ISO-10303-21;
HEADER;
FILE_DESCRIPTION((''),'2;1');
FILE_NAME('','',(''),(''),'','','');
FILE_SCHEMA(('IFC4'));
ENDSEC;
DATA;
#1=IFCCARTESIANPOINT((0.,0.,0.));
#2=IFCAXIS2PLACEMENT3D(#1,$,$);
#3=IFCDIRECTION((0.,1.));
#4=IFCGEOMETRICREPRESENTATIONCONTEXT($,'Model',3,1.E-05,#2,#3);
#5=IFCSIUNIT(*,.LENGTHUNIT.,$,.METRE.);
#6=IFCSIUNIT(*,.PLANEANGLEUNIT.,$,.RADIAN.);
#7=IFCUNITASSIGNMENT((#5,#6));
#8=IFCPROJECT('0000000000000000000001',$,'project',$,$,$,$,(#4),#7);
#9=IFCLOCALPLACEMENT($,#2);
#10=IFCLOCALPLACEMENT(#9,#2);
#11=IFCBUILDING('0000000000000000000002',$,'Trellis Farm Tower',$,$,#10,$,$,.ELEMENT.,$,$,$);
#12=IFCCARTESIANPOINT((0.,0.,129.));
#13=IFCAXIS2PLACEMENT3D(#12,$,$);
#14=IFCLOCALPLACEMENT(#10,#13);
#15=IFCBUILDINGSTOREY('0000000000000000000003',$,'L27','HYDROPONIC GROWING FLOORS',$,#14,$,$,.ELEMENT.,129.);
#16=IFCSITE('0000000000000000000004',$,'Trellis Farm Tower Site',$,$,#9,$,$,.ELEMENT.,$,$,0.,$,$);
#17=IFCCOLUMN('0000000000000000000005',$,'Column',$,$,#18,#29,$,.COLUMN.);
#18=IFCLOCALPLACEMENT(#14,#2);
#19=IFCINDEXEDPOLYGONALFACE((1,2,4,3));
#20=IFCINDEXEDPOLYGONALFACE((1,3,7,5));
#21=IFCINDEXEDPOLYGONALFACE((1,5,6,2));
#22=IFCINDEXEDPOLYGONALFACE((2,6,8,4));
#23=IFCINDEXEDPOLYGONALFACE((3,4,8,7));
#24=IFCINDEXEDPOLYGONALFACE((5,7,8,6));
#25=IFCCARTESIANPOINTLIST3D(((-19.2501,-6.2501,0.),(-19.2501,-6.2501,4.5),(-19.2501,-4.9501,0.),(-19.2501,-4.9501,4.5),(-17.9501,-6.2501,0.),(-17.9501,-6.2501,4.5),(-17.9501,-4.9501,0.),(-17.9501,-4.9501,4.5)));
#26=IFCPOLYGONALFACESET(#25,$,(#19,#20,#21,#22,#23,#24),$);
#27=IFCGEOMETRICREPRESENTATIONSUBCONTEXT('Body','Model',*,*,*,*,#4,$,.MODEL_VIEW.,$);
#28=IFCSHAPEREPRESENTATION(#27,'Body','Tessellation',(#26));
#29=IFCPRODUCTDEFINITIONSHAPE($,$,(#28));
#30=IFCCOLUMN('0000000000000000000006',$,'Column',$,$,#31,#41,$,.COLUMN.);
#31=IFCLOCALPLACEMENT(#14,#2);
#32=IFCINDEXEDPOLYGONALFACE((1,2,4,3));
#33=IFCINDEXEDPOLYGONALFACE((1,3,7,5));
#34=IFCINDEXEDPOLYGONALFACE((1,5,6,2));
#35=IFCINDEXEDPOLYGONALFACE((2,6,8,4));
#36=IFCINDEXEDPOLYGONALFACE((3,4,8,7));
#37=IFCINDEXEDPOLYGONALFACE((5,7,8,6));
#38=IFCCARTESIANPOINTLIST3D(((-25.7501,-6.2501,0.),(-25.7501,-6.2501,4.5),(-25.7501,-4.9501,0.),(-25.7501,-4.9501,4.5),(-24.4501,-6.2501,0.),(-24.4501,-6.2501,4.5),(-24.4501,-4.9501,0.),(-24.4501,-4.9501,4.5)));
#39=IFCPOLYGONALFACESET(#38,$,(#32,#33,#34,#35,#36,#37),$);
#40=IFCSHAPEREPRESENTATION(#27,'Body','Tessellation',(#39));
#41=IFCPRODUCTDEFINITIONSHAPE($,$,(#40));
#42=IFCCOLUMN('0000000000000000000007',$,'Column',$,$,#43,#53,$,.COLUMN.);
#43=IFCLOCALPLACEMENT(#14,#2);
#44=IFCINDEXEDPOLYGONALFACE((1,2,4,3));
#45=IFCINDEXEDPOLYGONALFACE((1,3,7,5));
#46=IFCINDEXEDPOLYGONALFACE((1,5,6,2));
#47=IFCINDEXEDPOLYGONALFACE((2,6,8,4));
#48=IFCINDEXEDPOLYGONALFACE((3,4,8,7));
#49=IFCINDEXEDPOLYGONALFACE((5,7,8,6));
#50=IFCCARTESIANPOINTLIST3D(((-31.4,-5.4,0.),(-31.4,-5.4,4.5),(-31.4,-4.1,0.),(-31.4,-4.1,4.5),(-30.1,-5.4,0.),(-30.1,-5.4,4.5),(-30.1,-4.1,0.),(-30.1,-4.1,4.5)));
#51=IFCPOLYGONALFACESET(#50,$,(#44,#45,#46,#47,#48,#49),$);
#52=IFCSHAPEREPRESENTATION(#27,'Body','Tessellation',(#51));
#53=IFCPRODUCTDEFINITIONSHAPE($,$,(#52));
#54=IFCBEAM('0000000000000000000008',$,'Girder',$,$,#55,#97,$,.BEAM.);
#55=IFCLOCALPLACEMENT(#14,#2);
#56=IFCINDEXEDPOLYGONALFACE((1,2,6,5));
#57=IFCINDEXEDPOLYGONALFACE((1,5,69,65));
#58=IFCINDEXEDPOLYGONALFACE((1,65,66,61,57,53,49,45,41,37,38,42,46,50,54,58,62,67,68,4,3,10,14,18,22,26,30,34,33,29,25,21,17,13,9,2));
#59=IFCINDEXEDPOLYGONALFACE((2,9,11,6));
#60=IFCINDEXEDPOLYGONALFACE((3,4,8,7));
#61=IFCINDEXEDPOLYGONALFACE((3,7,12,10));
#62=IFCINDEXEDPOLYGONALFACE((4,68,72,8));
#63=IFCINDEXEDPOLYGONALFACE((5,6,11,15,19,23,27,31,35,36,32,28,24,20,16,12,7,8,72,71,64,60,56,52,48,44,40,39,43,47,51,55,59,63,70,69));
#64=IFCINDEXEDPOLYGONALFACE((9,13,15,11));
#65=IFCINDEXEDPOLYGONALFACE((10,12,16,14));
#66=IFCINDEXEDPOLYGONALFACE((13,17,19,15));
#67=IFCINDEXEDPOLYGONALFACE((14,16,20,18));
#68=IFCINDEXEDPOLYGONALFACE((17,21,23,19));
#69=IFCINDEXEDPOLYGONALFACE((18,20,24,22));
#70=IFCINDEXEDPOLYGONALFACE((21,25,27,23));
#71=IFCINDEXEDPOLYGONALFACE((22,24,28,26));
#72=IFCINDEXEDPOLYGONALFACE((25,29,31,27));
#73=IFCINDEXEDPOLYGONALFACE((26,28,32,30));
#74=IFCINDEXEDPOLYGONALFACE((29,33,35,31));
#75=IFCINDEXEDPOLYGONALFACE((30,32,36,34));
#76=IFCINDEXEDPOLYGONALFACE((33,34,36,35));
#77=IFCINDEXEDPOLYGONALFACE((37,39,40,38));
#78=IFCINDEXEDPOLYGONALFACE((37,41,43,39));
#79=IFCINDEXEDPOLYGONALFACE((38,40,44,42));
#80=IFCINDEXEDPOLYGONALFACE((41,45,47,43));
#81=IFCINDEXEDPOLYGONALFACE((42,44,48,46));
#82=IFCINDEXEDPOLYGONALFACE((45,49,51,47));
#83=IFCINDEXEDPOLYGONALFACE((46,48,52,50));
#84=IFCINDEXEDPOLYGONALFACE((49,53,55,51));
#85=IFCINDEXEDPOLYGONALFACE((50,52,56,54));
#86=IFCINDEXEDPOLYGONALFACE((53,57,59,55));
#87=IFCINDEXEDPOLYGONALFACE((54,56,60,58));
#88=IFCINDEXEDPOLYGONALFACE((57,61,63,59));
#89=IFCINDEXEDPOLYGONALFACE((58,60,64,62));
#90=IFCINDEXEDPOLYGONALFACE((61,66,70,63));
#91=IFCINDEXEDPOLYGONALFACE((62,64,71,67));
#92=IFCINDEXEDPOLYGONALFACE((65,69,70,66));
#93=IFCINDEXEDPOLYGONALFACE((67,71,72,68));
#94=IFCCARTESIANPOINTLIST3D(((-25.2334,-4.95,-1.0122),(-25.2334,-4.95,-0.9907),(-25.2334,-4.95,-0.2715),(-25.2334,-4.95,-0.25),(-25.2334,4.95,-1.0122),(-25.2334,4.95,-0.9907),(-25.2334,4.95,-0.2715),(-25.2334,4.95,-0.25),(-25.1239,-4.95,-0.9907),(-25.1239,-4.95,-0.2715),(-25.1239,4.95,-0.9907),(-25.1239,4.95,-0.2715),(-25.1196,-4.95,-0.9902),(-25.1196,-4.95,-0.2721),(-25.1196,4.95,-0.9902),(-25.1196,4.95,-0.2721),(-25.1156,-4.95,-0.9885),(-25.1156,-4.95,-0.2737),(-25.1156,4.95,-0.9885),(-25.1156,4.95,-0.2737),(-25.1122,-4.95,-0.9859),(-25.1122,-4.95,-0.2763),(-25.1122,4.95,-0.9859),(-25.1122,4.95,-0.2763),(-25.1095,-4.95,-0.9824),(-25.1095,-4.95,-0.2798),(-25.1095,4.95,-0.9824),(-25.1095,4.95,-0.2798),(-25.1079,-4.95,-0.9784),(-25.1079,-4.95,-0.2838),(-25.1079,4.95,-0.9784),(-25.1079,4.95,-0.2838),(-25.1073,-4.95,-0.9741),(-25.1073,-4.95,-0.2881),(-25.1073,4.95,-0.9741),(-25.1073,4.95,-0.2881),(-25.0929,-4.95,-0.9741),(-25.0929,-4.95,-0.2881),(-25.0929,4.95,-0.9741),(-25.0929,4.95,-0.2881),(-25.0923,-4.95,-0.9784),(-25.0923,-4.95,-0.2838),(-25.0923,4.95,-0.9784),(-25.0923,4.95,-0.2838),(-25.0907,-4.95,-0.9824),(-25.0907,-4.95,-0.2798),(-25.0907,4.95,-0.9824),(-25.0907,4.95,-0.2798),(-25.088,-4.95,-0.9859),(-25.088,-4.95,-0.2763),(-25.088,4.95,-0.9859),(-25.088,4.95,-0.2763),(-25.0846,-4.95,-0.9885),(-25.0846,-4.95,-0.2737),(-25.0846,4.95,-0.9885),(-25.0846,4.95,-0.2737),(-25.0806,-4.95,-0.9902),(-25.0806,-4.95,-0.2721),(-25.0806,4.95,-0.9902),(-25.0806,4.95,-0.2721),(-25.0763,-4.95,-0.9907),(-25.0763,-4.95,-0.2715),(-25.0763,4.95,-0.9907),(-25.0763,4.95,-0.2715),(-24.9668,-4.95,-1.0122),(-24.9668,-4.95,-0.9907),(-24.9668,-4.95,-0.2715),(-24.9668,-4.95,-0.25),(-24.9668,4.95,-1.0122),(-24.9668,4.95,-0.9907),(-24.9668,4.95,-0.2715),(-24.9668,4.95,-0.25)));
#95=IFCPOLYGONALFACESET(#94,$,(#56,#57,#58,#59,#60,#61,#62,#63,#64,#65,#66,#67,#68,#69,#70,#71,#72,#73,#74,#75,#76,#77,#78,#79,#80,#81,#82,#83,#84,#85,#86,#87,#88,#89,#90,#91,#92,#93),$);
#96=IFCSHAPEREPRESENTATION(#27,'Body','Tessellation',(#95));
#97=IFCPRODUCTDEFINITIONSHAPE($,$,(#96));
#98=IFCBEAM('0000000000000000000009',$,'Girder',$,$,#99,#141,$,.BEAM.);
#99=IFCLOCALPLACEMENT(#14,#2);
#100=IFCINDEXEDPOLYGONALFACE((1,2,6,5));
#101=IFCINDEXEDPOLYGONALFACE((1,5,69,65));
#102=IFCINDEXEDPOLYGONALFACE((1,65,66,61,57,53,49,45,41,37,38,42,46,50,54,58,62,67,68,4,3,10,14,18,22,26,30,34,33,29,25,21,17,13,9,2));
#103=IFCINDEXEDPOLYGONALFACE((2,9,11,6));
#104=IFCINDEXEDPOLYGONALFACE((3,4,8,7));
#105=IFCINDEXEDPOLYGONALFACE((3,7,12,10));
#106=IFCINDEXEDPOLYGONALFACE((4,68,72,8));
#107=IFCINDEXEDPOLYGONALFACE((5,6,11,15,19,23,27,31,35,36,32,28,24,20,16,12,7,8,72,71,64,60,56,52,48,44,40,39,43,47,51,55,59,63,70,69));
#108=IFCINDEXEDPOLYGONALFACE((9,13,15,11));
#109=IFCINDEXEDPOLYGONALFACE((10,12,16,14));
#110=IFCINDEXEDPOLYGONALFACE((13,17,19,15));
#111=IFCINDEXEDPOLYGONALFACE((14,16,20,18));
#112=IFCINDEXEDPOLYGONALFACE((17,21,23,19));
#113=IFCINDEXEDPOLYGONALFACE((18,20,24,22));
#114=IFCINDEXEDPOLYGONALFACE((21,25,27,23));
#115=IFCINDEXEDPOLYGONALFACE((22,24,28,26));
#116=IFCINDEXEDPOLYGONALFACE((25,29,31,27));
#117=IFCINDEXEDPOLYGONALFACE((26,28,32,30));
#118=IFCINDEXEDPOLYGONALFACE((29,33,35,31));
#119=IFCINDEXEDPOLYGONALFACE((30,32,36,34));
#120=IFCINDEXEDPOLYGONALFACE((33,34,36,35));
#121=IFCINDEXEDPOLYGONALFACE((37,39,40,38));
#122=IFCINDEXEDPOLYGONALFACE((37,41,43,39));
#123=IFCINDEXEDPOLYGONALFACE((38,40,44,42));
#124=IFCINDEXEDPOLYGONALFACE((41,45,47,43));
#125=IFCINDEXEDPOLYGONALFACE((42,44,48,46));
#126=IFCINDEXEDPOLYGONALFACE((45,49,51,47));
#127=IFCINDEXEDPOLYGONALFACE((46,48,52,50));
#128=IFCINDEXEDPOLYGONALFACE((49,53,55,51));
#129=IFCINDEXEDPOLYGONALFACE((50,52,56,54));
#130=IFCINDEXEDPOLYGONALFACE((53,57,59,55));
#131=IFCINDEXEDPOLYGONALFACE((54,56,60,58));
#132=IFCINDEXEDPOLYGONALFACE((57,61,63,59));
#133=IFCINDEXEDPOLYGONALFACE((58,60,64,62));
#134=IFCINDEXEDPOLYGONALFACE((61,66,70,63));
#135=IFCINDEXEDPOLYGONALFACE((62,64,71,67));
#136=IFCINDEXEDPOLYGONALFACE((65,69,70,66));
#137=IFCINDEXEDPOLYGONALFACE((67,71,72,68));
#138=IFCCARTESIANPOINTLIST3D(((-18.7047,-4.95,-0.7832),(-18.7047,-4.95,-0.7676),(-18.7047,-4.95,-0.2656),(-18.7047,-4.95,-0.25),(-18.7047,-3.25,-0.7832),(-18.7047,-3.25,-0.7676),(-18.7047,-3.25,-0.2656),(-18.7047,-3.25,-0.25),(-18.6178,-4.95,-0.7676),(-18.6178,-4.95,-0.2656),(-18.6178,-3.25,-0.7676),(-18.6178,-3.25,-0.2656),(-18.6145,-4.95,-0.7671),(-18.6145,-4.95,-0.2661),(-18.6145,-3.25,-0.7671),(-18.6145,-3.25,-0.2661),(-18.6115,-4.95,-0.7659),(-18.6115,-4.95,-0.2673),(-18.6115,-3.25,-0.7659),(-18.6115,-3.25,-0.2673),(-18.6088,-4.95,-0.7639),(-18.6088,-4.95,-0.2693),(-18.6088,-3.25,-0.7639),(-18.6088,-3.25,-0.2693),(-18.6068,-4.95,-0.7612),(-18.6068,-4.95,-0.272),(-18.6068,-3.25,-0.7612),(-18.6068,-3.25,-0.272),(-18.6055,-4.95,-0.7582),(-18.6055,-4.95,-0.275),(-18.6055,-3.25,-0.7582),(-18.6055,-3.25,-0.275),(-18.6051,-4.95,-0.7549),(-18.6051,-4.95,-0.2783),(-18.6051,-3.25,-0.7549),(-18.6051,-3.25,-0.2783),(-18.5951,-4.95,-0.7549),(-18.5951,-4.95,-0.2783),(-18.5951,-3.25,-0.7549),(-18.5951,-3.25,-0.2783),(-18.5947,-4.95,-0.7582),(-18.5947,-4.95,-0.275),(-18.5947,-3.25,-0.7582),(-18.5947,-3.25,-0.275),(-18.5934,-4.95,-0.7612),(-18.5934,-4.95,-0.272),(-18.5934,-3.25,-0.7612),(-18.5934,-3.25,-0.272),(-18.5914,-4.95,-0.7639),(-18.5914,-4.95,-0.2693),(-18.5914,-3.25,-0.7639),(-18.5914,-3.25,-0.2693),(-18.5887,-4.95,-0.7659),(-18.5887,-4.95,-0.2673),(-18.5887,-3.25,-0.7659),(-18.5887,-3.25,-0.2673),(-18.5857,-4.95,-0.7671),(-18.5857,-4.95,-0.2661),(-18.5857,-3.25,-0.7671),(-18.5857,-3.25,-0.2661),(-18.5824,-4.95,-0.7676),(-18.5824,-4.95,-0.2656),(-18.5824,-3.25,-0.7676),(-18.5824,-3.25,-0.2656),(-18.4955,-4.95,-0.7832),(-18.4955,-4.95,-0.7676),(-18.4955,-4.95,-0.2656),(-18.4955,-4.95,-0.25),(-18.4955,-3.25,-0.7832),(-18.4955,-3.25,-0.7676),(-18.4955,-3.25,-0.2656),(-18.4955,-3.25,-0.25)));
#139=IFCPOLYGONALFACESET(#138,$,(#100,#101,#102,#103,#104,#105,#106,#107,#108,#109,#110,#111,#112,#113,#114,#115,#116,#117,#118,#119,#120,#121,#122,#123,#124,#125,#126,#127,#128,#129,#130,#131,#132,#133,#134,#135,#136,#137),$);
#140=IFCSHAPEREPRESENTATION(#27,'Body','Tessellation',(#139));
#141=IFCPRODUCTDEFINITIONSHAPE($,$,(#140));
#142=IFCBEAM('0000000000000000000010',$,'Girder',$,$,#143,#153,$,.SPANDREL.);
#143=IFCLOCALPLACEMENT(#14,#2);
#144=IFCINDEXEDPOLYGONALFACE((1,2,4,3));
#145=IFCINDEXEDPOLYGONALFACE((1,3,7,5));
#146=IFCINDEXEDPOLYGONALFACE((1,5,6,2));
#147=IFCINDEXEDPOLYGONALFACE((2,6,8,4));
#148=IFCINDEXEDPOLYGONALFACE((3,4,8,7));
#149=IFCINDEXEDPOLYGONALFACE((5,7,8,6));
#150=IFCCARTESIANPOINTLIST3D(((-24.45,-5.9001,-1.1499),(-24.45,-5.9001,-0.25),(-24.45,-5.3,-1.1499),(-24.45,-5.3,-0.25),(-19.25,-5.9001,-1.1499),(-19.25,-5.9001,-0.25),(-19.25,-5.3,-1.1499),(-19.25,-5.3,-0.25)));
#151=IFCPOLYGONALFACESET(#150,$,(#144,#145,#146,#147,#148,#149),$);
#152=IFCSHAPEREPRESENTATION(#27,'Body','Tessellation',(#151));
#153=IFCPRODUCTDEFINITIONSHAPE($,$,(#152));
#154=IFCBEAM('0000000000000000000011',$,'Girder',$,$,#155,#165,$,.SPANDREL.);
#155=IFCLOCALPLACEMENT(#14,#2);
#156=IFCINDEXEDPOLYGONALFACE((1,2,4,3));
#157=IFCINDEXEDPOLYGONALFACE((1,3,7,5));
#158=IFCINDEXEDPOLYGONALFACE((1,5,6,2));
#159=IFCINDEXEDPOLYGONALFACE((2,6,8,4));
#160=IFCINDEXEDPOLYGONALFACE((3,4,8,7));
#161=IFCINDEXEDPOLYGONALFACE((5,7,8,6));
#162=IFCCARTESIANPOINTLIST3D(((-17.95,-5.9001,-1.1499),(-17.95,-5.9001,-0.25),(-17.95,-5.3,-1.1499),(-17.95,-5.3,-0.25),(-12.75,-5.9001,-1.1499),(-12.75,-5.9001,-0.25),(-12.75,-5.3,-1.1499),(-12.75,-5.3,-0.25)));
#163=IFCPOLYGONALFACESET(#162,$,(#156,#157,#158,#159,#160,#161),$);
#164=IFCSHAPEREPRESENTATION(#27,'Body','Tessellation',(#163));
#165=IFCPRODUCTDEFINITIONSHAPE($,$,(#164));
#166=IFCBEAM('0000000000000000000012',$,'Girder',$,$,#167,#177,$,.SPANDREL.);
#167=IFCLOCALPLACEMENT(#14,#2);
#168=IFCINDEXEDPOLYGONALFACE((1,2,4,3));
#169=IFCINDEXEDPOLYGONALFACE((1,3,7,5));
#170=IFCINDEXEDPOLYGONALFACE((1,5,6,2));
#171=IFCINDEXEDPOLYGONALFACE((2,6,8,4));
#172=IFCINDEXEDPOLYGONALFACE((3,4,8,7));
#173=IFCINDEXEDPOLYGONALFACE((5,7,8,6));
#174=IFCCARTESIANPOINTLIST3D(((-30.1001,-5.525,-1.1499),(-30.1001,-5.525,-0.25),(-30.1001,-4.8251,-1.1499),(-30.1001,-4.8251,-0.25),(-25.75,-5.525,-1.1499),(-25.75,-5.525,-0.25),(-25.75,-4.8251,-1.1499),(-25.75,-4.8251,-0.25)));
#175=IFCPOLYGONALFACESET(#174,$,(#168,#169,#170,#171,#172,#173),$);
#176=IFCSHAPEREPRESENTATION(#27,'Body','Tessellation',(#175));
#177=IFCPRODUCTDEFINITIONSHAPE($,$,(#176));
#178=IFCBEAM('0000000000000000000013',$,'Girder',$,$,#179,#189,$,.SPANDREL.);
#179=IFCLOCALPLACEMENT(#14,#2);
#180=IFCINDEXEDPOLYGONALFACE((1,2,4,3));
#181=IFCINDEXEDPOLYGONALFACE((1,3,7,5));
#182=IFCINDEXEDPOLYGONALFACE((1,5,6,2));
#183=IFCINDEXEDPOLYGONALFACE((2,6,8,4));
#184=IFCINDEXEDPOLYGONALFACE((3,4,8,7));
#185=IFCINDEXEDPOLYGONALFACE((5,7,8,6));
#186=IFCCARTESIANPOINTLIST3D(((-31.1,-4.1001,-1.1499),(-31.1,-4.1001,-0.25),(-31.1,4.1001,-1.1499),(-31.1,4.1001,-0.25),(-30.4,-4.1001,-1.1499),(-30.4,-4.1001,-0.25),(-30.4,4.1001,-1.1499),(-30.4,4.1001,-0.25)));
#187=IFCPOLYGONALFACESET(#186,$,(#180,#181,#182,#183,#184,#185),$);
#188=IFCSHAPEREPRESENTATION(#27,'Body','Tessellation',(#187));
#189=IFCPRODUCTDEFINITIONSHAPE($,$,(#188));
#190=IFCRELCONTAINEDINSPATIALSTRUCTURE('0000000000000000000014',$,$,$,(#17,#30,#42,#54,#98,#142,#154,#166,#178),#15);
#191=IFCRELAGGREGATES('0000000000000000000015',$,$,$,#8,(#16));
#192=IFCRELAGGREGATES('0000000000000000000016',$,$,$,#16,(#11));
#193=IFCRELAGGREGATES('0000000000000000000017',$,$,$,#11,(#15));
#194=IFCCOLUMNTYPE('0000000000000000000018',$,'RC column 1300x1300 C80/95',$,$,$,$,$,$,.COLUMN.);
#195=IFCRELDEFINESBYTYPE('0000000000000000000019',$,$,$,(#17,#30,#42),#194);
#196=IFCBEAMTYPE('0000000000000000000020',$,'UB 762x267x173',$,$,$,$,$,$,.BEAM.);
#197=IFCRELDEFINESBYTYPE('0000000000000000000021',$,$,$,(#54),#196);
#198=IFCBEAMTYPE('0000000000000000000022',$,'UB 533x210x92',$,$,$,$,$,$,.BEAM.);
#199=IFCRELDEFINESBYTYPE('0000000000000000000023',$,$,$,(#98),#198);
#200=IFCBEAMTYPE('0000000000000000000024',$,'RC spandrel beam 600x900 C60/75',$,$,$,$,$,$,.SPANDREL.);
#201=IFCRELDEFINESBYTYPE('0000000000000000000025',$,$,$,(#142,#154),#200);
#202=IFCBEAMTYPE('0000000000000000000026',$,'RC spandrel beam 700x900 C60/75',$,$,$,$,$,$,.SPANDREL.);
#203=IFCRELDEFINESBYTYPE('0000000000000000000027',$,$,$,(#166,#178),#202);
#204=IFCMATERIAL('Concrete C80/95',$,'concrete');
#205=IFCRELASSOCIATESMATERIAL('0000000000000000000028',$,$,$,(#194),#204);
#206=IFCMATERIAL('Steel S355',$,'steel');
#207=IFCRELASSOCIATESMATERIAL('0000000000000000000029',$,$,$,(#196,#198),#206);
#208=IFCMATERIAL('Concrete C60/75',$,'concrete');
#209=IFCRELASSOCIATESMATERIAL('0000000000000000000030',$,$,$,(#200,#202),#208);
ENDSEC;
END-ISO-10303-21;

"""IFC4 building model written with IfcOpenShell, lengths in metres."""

from ifc_helpers import new_model, si_unit, direction, frame, origin, origin_2d, place, context, subcontext, project, spatial, rectangle, i_section, extrude, source, transform, mapped, material, material_profile, profile_set, type_object, element, save


model = new_model("IFC4")

# Units and contexts
model_context = context("Model", 3, precision=1e-05, world=origin(), true_north=direction((0.0, 1.0)))
body_context = subcontext(model_context, "Body", "Model", "MODEL_VIEW")
ifc_project = project(units=[si_unit("LENGTHUNIT", "METRE"), si_unit("PLANEANGLEUNIT", "RADIAN")], contexts=[model_context])

# Site, building, storey
site_placement = place(None, origin())
site = spatial("IfcSite", under=ifc_project, at=site_placement, Name="Trellis Farm Tower Site", CompositionType="ELEMENT", RefElevation=0.0)
building_placement = place(site_placement, origin())
building = spatial("IfcBuilding", under=site, at=building_placement, Name="Trellis Farm Tower", CompositionType="ELEMENT")
storey_placement = place(building_placement, frame((0.0, 0.0, 129.0)))
storey = spatial("IfcBuildingStorey", under=building, at=storey_placement, Name="L27", Description="HYDROPONIC GROWING FLOORS", CompositionType="ELEMENT", Elevation=129.0)

# Columns
ifc_material_1 = material(Name="Concrete C80/95", Category="concrete")
ifc_material_profile_1 = material_profile(ifc_material_1, rectangle(XDim=1.3, YDim=1.3, at=origin_2d()), Name="RC column 1300x1300 C80/95")
ifc_profile_set_1 = profile_set([ifc_material_profile_1], Name="Concrete C80/95")
column_type = type_object("IfcColumnType", Name="RC column 1300x1300 C80/95", PredefinedType="COLUMN", material=ifc_profile_set_1)
shared_shape_1 = source(origin(), body_context, "Body", "SweptSolid", [
    extrude(rectangle(XDim=1.3, YDim=1.3, at=origin_2d()), origin(), (0.0, 0.0, 1.0), 4.5),
])
for number, where, z_axis, x_axis, name in (
    (1, (-18.6001, -5.6001, 0.0), (0.0, 0.0, 1.0), (1.0, 0.0, 0.0), "Column"),
    (2, (-25.1001, -5.6001, 0.0), (0.0, 0.0, 1.0), (1.0, 0.0, 0.0), "Column"),
    (3, (-30.75, -4.75, 0.0), (0.0, 0.0, 1.0), (1.0, 0.0, 0.0), "Column"),
):
    element("IfcColumn", number, at=place(storey_placement, frame(where, z_axis=z_axis, x_axis=x_axis)), inside=storey, type_object=column_type, Name=name, PredefinedType="COLUMN", context=body_context, shape_type="MappedRepresentation", body=[
        mapped(shared_shape_1, transform((0.0, 0.0, 0.0))),
    ])

# Beams
ifc_material_2 = material(Name="Steel S355", Category="steel")
ifc_material_profile_2 = material_profile(ifc_material_2, i_section(OverallWidth=0.2666, OverallDepth=0.7622, WebThickness=0.0144, FlangeThickness=0.0215, FilletRadius=0.0166, at=origin_2d()), Name="UB 762x267x173")
ifc_profile_set_2 = profile_set([ifc_material_profile_2], Name="Steel S355")
beam_type_1 = type_object("IfcBeamType", Name="UB 762x267x173", PredefinedType="BEAM", material=ifc_profile_set_2)
shared_shape_2 = source(origin(), body_context, "Body", "SweptSolid", [
    extrude(i_section(OverallWidth=0.2666, OverallDepth=0.7622, WebThickness=0.0144, FlangeThickness=0.0215, FilletRadius=0.0166, at=origin_2d()), origin(), (0.0, 0.0, 1.0), 9.8999),
])
beam_1_placement = place(storey_placement, frame((-25.1001, -4.95, -0.6311), z_axis=(0.0, 1.0, 0.0), x_axis=(-1.0, 0.0, 0.0)))
element("IfcBeam", 4, at=beam_1_placement, inside=storey, type_object=beam_type_1, Name="Girder", PredefinedType="BEAM", context=body_context, shape_type="MappedRepresentation", body=[
    mapped(shared_shape_2, transform((0.0, 0.0, 0.0))),
])
ifc_material_profile_3 = material_profile(ifc_material_2, i_section(OverallWidth=0.2092, OverallDepth=0.5332, WebThickness=0.01, FlangeThickness=0.0156, FilletRadius=0.0127, at=origin_2d()), Name="UB 533x210x92")
ifc_profile_set_3 = profile_set([ifc_material_profile_3], Name="Steel S355")
beam_type_2 = type_object("IfcBeamType", Name="UB 533x210x92", PredefinedType="BEAM", material=ifc_profile_set_3)
shared_shape_3 = source(origin(), body_context, "Body", "SweptSolid", [
    extrude(i_section(OverallWidth=0.2092, OverallDepth=0.5332, WebThickness=0.01, FlangeThickness=0.0156, FilletRadius=0.0127, at=origin_2d()), origin(), (0.0, 0.0, 1.0), 1.7),
])
beam_2_placement = place(storey_placement, frame((-18.6001, -4.95, -0.5166), z_axis=(0.0, 1.0, 0.0), x_axis=(-1.0, 0.0, 0.0)))
element("IfcBeam", 5, at=beam_2_placement, inside=storey, type_object=beam_type_2, Name="Girder", PredefinedType="BEAM", context=body_context, shape_type="MappedRepresentation", body=[
    mapped(shared_shape_3, transform((0.0, 0.0, 0.0))),
])
ifc_material_3 = material(Name="Concrete C60/75", Category="concrete")
ifc_material_profile_4 = material_profile(ifc_material_3, rectangle(XDim=0.6001, YDim=0.8999, at=origin_2d()), Name="RC spandrel beam 600x900 C60/75")
ifc_profile_set_4 = profile_set([ifc_material_profile_4], Name="Concrete C60/75")
beam_type_3 = type_object("IfcBeamType", Name="RC spandrel beam 600x900 C60/75", PredefinedType="SPANDREL", material=ifc_profile_set_4)
shared_shape_4 = source(origin(), body_context, "Body", "SweptSolid", [
    extrude(rectangle(XDim=0.6001, YDim=0.8999, at=origin_2d()), origin(), (0.0, 0.0, 1.0), 5.2),
])
for number, where, z_axis, x_axis, name in (
    (6, (-24.45, -5.6001, -0.7), (1.0, 0.0, 0.0), (0.0, 1.0, 0.0), "Girder"),
    (7, (-17.95, -5.6001, -0.7), (1.0, 0.0, 0.0), (0.0, 1.0, 0.0), "Girder"),
):
    element("IfcBeam", number, at=place(storey_placement, frame(where, z_axis=z_axis, x_axis=x_axis)), inside=storey, type_object=beam_type_3, Name=name, PredefinedType="SPANDREL", context=body_context, shape_type="MappedRepresentation", body=[
        mapped(shared_shape_4, transform((0.0, 0.0, 0.0))),
    ])
ifc_material_profile_5 = material_profile(ifc_material_3, rectangle(XDim=0.7, YDim=0.8999, at=origin_2d()), Name="RC spandrel beam 700x900 C60/75")
ifc_profile_set_5 = profile_set([ifc_material_profile_5], Name="Concrete C60/75")
beam_type_4 = type_object("IfcBeamType", Name="RC spandrel beam 700x900 C60/75", PredefinedType="SPANDREL", material=ifc_profile_set_5)
shared_shape_5 = source(origin(), body_context, "Body", "SweptSolid", [
    extrude(rectangle(XDim=0.7, YDim=0.8999, at=origin_2d()), origin(), (0.0, 0.0, 1.0), 4.3501),
])
beam_3_placement = place(storey_placement, frame((-30.1001, -5.175, -0.7), z_axis=(1.0, 0.0, 0.0), x_axis=(0.0, 1.0, 0.0)))
element("IfcBeam", 8, at=beam_3_placement, inside=storey, type_object=beam_type_4, Name="Girder", PredefinedType="SPANDREL", context=body_context, shape_type="MappedRepresentation", body=[
    mapped(shared_shape_5, transform((0.0, 0.0, 0.0))),
])
shared_shape_6 = source(origin(), body_context, "Body", "SweptSolid", [
    extrude(rectangle(XDim=0.7, YDim=0.8999, at=origin_2d()), origin(), (0.0, 0.0, 1.0), 8.2002),
])
beam_4_placement = place(storey_placement, frame((-30.75, -4.1001, -0.7), z_axis=(0.0, 1.0, 0.0), x_axis=(-1.0, 0.0, 0.0)))
element("IfcBeam", 9, at=beam_4_placement, inside=storey, type_object=beam_type_4, Name="Girder", PredefinedType="SPANDREL", context=body_context, shape_type="MappedRepresentation", body=[
    mapped(shared_shape_6, transform((0.0, 0.0, 0.0))),
])

save(model, "model.ifc")
